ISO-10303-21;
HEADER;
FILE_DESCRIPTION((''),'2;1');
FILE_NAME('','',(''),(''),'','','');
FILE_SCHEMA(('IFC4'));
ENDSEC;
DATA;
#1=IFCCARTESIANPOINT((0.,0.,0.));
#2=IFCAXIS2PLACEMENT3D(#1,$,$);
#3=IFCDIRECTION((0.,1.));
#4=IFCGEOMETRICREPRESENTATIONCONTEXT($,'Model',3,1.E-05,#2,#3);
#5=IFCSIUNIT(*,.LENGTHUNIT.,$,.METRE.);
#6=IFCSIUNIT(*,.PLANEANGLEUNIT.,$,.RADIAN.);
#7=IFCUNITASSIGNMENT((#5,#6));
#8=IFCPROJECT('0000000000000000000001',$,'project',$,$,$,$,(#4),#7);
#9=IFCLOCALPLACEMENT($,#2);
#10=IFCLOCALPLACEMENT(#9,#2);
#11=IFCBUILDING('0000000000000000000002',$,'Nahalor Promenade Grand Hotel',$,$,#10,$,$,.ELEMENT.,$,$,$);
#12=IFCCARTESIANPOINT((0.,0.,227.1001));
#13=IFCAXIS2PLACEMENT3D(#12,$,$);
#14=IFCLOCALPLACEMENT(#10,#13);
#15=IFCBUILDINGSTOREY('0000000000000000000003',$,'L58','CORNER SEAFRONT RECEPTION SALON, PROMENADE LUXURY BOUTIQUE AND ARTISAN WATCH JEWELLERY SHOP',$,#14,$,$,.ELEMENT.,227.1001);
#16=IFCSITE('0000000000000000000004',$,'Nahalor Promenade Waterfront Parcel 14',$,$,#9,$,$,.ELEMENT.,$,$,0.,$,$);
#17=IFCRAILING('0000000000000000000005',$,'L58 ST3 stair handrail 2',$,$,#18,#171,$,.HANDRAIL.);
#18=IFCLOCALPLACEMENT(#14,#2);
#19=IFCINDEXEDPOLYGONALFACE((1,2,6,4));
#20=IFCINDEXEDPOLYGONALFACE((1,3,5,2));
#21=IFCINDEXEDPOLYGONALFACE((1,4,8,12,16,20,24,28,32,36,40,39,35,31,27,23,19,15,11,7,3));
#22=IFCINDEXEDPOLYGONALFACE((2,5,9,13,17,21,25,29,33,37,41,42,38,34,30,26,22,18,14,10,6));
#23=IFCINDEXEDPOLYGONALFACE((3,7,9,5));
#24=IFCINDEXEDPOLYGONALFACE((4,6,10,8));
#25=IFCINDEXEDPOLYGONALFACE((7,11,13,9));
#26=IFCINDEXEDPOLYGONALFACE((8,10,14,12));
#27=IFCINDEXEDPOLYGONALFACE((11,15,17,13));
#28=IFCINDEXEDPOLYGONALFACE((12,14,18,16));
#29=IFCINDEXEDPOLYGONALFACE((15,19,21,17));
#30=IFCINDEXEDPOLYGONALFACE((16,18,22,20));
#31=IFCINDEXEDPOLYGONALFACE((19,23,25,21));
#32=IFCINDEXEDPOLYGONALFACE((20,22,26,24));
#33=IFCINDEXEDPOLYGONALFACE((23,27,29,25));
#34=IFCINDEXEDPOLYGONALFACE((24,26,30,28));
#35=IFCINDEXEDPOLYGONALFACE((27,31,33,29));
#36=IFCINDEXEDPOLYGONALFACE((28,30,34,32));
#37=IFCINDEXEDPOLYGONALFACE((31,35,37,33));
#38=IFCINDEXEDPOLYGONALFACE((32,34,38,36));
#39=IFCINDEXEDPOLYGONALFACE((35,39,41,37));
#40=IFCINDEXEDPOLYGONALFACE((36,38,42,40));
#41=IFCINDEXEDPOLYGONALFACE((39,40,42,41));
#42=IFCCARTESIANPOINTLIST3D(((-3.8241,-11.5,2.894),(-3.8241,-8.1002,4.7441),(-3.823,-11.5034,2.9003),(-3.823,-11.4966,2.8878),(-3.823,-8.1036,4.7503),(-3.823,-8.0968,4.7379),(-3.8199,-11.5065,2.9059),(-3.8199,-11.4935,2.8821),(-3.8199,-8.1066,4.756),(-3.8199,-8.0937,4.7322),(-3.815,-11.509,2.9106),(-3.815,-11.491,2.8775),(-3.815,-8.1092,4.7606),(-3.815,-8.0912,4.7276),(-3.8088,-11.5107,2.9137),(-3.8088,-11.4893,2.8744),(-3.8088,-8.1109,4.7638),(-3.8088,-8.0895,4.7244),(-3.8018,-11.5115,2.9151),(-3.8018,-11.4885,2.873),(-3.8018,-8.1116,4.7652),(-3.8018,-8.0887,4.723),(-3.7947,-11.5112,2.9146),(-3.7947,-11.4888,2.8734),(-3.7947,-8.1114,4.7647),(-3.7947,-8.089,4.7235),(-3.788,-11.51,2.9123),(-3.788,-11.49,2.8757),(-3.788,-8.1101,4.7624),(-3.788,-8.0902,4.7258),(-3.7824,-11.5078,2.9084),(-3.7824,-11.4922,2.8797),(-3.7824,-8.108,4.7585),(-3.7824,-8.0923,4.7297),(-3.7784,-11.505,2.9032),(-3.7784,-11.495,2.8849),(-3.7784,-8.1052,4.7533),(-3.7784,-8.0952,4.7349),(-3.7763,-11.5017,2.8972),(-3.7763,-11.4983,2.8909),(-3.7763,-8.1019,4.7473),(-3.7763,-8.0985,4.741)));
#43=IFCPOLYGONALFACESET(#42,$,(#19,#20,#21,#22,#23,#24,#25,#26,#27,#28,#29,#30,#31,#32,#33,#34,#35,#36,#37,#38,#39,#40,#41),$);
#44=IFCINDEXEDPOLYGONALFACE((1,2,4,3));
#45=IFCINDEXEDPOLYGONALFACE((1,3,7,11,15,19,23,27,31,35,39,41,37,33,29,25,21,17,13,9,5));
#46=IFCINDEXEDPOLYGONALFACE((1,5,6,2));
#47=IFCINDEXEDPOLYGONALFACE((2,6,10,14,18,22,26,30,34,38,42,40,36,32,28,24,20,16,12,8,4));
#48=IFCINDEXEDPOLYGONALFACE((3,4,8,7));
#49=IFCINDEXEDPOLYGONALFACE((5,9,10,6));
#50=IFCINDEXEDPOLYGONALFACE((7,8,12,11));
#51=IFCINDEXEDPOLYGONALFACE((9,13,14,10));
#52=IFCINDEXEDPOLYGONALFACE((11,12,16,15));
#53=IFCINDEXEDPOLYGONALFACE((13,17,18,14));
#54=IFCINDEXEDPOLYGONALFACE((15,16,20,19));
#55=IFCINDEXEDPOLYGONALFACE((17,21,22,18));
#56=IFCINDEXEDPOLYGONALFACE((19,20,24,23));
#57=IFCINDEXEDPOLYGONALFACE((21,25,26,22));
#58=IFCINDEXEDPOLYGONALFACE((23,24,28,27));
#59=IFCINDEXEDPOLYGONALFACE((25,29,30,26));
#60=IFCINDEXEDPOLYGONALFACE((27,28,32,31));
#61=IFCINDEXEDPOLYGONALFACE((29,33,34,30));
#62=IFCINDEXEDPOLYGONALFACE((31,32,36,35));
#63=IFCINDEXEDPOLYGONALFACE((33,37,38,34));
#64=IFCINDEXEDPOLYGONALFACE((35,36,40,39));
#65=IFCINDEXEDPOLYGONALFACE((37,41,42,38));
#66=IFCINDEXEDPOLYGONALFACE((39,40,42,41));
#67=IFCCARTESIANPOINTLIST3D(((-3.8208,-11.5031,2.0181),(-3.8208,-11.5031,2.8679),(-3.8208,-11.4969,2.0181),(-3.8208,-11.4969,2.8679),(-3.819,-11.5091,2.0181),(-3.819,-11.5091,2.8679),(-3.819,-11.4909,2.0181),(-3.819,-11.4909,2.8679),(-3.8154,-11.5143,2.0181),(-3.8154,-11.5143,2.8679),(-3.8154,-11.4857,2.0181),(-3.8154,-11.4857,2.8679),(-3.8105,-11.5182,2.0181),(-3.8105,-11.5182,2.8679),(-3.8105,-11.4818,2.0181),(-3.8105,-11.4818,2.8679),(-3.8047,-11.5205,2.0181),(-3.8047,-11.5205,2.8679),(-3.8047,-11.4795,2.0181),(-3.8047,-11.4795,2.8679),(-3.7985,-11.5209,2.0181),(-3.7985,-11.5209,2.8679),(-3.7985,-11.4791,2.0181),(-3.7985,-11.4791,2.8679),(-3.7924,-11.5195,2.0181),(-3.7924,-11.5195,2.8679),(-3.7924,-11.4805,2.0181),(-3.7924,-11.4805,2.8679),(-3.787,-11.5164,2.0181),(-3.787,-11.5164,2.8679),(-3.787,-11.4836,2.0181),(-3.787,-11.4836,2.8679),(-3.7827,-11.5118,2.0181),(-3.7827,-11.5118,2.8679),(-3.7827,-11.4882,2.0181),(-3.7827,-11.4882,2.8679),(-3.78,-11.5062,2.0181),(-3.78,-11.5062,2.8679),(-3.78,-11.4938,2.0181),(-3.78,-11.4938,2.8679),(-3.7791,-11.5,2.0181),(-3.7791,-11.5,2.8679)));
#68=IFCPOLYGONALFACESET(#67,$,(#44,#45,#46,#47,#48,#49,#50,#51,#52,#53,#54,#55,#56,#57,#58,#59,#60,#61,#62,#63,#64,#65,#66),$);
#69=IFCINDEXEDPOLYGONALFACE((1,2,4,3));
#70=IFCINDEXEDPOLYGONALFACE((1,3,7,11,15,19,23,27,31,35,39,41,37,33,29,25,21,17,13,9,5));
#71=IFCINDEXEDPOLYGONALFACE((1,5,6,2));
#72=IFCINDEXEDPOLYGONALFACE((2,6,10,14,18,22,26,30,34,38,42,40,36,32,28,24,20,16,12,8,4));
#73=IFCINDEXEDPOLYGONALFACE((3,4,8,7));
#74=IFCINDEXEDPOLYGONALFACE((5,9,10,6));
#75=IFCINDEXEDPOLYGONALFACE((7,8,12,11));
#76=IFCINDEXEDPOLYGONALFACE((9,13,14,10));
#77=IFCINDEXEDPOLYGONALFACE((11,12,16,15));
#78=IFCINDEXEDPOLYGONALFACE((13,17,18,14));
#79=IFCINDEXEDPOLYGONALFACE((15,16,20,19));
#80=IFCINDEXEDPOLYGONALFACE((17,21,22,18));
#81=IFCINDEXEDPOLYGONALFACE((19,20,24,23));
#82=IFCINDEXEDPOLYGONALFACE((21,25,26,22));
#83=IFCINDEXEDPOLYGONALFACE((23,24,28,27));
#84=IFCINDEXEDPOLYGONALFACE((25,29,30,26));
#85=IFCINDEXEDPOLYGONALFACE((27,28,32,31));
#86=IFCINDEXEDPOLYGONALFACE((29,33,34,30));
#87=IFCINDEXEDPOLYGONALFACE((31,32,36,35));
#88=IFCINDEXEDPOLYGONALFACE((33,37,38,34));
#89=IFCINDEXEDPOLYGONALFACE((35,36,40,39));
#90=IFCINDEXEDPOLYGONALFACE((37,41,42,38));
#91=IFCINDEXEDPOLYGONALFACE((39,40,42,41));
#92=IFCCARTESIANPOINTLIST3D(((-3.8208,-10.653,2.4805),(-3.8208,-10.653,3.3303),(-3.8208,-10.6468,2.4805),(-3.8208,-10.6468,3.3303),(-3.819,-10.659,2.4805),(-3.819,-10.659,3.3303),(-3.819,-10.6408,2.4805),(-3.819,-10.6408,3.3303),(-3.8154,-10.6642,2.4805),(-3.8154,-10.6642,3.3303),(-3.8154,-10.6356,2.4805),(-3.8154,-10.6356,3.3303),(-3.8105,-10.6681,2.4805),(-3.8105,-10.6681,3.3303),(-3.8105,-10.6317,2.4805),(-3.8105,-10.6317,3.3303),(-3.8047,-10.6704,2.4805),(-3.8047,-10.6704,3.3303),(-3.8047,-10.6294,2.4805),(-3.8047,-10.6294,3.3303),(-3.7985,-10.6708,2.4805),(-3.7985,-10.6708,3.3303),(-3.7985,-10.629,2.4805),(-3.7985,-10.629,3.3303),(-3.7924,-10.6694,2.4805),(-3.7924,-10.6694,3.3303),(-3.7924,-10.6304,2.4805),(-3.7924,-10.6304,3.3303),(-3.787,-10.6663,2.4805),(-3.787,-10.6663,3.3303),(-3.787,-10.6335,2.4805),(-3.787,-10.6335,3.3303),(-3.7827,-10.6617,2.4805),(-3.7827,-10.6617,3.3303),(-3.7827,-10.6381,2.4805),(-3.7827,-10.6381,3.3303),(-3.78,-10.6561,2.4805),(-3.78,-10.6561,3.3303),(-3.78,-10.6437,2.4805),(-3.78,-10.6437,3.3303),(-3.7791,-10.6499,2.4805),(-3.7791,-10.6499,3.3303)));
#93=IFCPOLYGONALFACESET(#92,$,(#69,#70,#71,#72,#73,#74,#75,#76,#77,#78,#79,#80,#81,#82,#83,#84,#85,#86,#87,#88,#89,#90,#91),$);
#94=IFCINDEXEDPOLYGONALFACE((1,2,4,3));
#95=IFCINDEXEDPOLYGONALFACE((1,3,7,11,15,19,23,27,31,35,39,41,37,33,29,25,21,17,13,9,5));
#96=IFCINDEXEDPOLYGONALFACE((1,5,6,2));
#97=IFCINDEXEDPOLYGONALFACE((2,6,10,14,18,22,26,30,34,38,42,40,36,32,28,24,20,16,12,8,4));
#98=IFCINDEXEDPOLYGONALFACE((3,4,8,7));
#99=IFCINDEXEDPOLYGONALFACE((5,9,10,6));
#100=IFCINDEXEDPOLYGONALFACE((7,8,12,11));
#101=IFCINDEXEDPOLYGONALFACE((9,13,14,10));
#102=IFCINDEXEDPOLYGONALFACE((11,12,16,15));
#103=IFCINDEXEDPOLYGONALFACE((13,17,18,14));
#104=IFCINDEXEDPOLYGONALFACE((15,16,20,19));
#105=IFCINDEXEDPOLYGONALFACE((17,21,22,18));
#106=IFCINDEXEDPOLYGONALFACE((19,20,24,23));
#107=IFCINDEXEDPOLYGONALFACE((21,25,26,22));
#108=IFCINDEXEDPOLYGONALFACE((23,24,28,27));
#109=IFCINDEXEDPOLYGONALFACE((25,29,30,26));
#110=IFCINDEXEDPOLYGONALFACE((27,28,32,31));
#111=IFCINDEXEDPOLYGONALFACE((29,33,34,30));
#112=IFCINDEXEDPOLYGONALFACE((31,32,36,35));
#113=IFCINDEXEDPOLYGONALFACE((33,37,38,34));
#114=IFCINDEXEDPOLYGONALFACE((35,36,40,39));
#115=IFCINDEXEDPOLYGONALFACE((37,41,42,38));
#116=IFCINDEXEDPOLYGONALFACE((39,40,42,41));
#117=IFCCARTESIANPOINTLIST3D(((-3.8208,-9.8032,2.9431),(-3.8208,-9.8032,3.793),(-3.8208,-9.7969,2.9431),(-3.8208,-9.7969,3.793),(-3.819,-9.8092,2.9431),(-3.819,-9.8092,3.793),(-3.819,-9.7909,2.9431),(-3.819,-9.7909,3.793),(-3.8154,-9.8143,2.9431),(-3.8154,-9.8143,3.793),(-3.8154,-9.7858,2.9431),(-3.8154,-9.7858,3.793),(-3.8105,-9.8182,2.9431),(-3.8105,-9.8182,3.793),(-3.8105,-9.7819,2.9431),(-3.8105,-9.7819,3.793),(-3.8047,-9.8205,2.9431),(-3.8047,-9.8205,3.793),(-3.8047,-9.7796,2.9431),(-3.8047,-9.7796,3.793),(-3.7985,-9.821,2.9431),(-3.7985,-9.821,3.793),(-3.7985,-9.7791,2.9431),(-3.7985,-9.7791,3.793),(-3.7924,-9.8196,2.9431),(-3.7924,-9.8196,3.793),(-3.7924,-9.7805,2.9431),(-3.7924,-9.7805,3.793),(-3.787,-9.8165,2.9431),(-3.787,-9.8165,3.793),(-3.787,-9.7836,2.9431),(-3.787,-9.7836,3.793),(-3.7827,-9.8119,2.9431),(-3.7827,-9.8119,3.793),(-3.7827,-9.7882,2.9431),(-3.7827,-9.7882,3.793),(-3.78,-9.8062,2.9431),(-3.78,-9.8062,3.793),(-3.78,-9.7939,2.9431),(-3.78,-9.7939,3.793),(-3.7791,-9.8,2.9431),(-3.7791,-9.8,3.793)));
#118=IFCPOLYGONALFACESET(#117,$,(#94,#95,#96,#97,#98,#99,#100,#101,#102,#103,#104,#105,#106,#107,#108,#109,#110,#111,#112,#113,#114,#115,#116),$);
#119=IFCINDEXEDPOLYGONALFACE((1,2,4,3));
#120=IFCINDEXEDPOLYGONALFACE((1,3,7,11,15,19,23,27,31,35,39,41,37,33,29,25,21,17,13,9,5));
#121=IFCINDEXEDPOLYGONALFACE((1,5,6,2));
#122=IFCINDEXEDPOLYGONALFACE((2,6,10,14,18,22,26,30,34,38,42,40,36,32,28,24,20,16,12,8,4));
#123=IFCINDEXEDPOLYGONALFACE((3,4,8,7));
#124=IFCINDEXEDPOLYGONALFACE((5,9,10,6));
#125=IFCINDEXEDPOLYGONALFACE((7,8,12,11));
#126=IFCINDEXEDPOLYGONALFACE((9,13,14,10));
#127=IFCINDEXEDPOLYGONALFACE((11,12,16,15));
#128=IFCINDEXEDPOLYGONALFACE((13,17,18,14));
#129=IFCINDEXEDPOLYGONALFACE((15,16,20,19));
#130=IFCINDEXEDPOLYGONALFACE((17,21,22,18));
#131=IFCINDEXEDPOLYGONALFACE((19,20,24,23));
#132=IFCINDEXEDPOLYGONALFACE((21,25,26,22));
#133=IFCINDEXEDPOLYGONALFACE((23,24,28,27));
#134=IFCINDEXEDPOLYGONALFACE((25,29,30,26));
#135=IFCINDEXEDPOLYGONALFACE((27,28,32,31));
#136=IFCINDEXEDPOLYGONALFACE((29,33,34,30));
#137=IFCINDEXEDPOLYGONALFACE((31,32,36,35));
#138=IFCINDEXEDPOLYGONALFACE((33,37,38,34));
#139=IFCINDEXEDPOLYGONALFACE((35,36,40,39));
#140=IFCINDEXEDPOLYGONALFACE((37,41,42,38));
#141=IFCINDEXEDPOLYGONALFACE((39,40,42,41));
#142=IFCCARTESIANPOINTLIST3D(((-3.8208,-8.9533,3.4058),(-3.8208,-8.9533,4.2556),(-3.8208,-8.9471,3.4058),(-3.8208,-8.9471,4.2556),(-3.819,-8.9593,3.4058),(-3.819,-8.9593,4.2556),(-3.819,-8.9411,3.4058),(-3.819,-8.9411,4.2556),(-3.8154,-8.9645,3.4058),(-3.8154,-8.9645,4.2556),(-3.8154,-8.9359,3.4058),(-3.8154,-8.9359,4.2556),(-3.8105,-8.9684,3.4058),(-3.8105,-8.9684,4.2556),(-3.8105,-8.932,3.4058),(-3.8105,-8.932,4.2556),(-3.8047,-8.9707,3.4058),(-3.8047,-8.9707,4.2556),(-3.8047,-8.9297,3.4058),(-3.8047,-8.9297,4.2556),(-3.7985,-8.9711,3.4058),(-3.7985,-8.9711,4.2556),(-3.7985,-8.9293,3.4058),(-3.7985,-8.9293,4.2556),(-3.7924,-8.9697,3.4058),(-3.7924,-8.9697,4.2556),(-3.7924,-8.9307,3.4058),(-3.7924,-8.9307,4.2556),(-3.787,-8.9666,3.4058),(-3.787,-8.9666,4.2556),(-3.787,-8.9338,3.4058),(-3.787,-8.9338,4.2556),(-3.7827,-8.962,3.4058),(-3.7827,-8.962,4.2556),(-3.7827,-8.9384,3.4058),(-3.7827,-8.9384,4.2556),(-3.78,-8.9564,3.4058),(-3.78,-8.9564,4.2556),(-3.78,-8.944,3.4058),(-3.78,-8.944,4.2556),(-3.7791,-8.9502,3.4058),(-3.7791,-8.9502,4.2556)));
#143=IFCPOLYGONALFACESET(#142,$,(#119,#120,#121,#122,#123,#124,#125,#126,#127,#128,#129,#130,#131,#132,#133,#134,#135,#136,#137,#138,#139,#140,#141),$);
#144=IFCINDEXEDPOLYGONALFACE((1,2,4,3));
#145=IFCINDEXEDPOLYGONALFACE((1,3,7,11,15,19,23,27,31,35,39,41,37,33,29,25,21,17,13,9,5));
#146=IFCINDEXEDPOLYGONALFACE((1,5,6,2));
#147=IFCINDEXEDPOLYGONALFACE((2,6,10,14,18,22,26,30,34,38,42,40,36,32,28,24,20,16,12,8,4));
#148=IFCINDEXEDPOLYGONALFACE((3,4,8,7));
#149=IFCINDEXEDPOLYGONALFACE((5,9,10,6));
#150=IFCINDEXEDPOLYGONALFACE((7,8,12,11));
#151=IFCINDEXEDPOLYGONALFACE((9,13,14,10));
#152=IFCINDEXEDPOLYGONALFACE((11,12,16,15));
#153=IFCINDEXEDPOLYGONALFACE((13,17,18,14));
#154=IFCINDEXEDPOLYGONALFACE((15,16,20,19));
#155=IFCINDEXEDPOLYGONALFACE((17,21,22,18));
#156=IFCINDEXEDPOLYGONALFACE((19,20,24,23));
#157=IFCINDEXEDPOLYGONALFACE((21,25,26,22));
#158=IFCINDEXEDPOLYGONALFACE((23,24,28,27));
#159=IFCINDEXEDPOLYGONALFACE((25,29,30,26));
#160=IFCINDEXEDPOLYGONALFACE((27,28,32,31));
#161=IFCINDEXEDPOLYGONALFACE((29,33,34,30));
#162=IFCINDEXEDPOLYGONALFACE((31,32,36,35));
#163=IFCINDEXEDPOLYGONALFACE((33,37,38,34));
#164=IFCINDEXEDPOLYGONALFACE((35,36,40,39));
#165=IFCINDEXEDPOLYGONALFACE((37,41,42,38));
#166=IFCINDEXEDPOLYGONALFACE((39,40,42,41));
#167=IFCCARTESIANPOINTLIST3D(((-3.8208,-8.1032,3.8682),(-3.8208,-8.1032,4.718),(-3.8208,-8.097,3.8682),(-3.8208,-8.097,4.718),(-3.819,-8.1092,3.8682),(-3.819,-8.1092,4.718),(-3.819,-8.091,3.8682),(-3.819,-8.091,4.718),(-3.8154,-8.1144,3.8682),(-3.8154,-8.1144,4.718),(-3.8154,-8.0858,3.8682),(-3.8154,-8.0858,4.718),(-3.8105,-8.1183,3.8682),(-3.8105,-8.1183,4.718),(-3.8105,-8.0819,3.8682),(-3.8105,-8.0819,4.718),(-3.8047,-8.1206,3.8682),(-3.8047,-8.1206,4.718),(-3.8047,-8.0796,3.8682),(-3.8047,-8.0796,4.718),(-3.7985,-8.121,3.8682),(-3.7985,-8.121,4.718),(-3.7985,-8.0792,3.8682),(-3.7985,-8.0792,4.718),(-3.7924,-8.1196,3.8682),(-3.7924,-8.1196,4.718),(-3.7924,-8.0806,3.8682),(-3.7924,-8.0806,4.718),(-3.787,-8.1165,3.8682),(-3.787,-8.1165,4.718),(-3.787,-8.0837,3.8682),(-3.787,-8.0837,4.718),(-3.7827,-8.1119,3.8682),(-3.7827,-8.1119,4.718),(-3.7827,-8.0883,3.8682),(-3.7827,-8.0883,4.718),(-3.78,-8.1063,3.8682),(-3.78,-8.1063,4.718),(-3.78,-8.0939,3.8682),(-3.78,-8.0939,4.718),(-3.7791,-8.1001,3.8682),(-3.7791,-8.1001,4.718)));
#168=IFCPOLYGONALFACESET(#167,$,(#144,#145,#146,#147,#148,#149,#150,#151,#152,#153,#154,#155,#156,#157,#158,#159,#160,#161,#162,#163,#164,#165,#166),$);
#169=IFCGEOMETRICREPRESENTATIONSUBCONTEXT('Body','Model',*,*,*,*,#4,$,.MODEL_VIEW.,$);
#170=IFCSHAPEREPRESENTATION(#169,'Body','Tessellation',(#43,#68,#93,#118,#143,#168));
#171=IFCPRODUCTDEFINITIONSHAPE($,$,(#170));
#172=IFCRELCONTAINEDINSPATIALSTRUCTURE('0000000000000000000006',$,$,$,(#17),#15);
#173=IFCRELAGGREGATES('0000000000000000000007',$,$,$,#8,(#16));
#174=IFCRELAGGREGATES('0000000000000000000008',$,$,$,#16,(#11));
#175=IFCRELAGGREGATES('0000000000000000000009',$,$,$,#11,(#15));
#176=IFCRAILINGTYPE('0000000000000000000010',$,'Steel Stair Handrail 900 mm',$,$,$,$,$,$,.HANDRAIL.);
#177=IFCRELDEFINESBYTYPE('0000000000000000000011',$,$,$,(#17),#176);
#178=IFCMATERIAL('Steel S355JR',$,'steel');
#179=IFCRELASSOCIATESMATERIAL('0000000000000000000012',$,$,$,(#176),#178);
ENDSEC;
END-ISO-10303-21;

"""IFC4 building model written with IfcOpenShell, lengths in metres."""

from ifc_helpers import new_model, si_unit, direction, frame, origin, origin_2d, place, context, subcontext, project, spatial, circle, extrude, material, type_object, element, save


model = new_model("IFC4")

# Units and contexts
model_context = context("Model", 3, precision=1e-05, world=origin(), true_north=direction((0.0, 1.0)))
body_context = subcontext(model_context, "Body", "Model", "MODEL_VIEW")
ifc_project = project(units=[si_unit("LENGTHUNIT", "METRE"), si_unit("PLANEANGLEUNIT", "RADIAN")], contexts=[model_context])

# Site, building, storey
site_placement = place(None, origin())
site = spatial("IfcSite", under=ifc_project, at=site_placement, Name="Nahalor Promenade Waterfront Parcel 14", CompositionType="ELEMENT", RefElevation=0.0)
building_placement = place(site_placement, origin())
building = spatial("IfcBuilding", under=site, at=building_placement, Name="Nahalor Promenade Grand Hotel", CompositionType="ELEMENT")
storey_placement = place(building_placement, frame((0.0, 0.0, 227.1001)))
storey = spatial("IfcBuildingStorey", under=building, at=storey_placement, Name="L58", Description="CORNER SEAFRONT RECEPTION SALON, PROMENADE LUXURY BOUTIQUE AND ARTISAN WATCH JEWELLERY SHOP", CompositionType="ELEMENT", Elevation=227.1001)

# Shared definitions
ifc_material_1 = material(Name="Steel S355JR", Category="steel")

# Railing
railing_type_1 = type_object("IfcRailingType", Name="Steel Stair Handrail 900 mm", PredefinedType="HANDRAIL", material=ifc_material_1)
railing_1_placement = place(storey_placement, frame((-3.8, -11.5, 2.0181)))
element("IfcRailing", 1, at=railing_1_placement, inside=storey, type_object=railing_type_1, Name="L58 ST3 stair handrail 2", PredefinedType="HANDRAIL", context=body_context, shape_type="SweptSolid", body=[
    extrude(circle(Radius=0.024, at=origin_2d()), frame((0.0, 0.0, 0.876), z_axis=(0.0, 0.878372, 0.477977), x_axis=(-1.0, 0.0, 0.0)), (0.0, 0.0, 1.0), 3.8706),
    extrude(circle(Radius=0.021, at=origin_2d()), origin(), (0.0, 0.0, 1.0), 0.8499),
    extrude(circle(Radius=0.021, at=origin_2d()), frame((0.0, 0.8501, 0.4624)), (0.0, 0.0, 1.0), 0.8499),
    extrude(circle(Radius=0.021, at=origin_2d()), frame((0.0, 1.7, 0.925)), (0.0, 0.0, 1.0), 0.8499),
    extrude(circle(Radius=0.021, at=origin_2d()), frame((0.0, 2.5498, 1.3877)), (0.0, 0.0, 1.0), 0.8499),
    extrude(circle(Radius=0.021, at=origin_2d()), frame((0.0, 3.3999, 1.8501)), (0.0, 0.0, 1.0), 0.8499),
])

save(model, "model.ifc")
